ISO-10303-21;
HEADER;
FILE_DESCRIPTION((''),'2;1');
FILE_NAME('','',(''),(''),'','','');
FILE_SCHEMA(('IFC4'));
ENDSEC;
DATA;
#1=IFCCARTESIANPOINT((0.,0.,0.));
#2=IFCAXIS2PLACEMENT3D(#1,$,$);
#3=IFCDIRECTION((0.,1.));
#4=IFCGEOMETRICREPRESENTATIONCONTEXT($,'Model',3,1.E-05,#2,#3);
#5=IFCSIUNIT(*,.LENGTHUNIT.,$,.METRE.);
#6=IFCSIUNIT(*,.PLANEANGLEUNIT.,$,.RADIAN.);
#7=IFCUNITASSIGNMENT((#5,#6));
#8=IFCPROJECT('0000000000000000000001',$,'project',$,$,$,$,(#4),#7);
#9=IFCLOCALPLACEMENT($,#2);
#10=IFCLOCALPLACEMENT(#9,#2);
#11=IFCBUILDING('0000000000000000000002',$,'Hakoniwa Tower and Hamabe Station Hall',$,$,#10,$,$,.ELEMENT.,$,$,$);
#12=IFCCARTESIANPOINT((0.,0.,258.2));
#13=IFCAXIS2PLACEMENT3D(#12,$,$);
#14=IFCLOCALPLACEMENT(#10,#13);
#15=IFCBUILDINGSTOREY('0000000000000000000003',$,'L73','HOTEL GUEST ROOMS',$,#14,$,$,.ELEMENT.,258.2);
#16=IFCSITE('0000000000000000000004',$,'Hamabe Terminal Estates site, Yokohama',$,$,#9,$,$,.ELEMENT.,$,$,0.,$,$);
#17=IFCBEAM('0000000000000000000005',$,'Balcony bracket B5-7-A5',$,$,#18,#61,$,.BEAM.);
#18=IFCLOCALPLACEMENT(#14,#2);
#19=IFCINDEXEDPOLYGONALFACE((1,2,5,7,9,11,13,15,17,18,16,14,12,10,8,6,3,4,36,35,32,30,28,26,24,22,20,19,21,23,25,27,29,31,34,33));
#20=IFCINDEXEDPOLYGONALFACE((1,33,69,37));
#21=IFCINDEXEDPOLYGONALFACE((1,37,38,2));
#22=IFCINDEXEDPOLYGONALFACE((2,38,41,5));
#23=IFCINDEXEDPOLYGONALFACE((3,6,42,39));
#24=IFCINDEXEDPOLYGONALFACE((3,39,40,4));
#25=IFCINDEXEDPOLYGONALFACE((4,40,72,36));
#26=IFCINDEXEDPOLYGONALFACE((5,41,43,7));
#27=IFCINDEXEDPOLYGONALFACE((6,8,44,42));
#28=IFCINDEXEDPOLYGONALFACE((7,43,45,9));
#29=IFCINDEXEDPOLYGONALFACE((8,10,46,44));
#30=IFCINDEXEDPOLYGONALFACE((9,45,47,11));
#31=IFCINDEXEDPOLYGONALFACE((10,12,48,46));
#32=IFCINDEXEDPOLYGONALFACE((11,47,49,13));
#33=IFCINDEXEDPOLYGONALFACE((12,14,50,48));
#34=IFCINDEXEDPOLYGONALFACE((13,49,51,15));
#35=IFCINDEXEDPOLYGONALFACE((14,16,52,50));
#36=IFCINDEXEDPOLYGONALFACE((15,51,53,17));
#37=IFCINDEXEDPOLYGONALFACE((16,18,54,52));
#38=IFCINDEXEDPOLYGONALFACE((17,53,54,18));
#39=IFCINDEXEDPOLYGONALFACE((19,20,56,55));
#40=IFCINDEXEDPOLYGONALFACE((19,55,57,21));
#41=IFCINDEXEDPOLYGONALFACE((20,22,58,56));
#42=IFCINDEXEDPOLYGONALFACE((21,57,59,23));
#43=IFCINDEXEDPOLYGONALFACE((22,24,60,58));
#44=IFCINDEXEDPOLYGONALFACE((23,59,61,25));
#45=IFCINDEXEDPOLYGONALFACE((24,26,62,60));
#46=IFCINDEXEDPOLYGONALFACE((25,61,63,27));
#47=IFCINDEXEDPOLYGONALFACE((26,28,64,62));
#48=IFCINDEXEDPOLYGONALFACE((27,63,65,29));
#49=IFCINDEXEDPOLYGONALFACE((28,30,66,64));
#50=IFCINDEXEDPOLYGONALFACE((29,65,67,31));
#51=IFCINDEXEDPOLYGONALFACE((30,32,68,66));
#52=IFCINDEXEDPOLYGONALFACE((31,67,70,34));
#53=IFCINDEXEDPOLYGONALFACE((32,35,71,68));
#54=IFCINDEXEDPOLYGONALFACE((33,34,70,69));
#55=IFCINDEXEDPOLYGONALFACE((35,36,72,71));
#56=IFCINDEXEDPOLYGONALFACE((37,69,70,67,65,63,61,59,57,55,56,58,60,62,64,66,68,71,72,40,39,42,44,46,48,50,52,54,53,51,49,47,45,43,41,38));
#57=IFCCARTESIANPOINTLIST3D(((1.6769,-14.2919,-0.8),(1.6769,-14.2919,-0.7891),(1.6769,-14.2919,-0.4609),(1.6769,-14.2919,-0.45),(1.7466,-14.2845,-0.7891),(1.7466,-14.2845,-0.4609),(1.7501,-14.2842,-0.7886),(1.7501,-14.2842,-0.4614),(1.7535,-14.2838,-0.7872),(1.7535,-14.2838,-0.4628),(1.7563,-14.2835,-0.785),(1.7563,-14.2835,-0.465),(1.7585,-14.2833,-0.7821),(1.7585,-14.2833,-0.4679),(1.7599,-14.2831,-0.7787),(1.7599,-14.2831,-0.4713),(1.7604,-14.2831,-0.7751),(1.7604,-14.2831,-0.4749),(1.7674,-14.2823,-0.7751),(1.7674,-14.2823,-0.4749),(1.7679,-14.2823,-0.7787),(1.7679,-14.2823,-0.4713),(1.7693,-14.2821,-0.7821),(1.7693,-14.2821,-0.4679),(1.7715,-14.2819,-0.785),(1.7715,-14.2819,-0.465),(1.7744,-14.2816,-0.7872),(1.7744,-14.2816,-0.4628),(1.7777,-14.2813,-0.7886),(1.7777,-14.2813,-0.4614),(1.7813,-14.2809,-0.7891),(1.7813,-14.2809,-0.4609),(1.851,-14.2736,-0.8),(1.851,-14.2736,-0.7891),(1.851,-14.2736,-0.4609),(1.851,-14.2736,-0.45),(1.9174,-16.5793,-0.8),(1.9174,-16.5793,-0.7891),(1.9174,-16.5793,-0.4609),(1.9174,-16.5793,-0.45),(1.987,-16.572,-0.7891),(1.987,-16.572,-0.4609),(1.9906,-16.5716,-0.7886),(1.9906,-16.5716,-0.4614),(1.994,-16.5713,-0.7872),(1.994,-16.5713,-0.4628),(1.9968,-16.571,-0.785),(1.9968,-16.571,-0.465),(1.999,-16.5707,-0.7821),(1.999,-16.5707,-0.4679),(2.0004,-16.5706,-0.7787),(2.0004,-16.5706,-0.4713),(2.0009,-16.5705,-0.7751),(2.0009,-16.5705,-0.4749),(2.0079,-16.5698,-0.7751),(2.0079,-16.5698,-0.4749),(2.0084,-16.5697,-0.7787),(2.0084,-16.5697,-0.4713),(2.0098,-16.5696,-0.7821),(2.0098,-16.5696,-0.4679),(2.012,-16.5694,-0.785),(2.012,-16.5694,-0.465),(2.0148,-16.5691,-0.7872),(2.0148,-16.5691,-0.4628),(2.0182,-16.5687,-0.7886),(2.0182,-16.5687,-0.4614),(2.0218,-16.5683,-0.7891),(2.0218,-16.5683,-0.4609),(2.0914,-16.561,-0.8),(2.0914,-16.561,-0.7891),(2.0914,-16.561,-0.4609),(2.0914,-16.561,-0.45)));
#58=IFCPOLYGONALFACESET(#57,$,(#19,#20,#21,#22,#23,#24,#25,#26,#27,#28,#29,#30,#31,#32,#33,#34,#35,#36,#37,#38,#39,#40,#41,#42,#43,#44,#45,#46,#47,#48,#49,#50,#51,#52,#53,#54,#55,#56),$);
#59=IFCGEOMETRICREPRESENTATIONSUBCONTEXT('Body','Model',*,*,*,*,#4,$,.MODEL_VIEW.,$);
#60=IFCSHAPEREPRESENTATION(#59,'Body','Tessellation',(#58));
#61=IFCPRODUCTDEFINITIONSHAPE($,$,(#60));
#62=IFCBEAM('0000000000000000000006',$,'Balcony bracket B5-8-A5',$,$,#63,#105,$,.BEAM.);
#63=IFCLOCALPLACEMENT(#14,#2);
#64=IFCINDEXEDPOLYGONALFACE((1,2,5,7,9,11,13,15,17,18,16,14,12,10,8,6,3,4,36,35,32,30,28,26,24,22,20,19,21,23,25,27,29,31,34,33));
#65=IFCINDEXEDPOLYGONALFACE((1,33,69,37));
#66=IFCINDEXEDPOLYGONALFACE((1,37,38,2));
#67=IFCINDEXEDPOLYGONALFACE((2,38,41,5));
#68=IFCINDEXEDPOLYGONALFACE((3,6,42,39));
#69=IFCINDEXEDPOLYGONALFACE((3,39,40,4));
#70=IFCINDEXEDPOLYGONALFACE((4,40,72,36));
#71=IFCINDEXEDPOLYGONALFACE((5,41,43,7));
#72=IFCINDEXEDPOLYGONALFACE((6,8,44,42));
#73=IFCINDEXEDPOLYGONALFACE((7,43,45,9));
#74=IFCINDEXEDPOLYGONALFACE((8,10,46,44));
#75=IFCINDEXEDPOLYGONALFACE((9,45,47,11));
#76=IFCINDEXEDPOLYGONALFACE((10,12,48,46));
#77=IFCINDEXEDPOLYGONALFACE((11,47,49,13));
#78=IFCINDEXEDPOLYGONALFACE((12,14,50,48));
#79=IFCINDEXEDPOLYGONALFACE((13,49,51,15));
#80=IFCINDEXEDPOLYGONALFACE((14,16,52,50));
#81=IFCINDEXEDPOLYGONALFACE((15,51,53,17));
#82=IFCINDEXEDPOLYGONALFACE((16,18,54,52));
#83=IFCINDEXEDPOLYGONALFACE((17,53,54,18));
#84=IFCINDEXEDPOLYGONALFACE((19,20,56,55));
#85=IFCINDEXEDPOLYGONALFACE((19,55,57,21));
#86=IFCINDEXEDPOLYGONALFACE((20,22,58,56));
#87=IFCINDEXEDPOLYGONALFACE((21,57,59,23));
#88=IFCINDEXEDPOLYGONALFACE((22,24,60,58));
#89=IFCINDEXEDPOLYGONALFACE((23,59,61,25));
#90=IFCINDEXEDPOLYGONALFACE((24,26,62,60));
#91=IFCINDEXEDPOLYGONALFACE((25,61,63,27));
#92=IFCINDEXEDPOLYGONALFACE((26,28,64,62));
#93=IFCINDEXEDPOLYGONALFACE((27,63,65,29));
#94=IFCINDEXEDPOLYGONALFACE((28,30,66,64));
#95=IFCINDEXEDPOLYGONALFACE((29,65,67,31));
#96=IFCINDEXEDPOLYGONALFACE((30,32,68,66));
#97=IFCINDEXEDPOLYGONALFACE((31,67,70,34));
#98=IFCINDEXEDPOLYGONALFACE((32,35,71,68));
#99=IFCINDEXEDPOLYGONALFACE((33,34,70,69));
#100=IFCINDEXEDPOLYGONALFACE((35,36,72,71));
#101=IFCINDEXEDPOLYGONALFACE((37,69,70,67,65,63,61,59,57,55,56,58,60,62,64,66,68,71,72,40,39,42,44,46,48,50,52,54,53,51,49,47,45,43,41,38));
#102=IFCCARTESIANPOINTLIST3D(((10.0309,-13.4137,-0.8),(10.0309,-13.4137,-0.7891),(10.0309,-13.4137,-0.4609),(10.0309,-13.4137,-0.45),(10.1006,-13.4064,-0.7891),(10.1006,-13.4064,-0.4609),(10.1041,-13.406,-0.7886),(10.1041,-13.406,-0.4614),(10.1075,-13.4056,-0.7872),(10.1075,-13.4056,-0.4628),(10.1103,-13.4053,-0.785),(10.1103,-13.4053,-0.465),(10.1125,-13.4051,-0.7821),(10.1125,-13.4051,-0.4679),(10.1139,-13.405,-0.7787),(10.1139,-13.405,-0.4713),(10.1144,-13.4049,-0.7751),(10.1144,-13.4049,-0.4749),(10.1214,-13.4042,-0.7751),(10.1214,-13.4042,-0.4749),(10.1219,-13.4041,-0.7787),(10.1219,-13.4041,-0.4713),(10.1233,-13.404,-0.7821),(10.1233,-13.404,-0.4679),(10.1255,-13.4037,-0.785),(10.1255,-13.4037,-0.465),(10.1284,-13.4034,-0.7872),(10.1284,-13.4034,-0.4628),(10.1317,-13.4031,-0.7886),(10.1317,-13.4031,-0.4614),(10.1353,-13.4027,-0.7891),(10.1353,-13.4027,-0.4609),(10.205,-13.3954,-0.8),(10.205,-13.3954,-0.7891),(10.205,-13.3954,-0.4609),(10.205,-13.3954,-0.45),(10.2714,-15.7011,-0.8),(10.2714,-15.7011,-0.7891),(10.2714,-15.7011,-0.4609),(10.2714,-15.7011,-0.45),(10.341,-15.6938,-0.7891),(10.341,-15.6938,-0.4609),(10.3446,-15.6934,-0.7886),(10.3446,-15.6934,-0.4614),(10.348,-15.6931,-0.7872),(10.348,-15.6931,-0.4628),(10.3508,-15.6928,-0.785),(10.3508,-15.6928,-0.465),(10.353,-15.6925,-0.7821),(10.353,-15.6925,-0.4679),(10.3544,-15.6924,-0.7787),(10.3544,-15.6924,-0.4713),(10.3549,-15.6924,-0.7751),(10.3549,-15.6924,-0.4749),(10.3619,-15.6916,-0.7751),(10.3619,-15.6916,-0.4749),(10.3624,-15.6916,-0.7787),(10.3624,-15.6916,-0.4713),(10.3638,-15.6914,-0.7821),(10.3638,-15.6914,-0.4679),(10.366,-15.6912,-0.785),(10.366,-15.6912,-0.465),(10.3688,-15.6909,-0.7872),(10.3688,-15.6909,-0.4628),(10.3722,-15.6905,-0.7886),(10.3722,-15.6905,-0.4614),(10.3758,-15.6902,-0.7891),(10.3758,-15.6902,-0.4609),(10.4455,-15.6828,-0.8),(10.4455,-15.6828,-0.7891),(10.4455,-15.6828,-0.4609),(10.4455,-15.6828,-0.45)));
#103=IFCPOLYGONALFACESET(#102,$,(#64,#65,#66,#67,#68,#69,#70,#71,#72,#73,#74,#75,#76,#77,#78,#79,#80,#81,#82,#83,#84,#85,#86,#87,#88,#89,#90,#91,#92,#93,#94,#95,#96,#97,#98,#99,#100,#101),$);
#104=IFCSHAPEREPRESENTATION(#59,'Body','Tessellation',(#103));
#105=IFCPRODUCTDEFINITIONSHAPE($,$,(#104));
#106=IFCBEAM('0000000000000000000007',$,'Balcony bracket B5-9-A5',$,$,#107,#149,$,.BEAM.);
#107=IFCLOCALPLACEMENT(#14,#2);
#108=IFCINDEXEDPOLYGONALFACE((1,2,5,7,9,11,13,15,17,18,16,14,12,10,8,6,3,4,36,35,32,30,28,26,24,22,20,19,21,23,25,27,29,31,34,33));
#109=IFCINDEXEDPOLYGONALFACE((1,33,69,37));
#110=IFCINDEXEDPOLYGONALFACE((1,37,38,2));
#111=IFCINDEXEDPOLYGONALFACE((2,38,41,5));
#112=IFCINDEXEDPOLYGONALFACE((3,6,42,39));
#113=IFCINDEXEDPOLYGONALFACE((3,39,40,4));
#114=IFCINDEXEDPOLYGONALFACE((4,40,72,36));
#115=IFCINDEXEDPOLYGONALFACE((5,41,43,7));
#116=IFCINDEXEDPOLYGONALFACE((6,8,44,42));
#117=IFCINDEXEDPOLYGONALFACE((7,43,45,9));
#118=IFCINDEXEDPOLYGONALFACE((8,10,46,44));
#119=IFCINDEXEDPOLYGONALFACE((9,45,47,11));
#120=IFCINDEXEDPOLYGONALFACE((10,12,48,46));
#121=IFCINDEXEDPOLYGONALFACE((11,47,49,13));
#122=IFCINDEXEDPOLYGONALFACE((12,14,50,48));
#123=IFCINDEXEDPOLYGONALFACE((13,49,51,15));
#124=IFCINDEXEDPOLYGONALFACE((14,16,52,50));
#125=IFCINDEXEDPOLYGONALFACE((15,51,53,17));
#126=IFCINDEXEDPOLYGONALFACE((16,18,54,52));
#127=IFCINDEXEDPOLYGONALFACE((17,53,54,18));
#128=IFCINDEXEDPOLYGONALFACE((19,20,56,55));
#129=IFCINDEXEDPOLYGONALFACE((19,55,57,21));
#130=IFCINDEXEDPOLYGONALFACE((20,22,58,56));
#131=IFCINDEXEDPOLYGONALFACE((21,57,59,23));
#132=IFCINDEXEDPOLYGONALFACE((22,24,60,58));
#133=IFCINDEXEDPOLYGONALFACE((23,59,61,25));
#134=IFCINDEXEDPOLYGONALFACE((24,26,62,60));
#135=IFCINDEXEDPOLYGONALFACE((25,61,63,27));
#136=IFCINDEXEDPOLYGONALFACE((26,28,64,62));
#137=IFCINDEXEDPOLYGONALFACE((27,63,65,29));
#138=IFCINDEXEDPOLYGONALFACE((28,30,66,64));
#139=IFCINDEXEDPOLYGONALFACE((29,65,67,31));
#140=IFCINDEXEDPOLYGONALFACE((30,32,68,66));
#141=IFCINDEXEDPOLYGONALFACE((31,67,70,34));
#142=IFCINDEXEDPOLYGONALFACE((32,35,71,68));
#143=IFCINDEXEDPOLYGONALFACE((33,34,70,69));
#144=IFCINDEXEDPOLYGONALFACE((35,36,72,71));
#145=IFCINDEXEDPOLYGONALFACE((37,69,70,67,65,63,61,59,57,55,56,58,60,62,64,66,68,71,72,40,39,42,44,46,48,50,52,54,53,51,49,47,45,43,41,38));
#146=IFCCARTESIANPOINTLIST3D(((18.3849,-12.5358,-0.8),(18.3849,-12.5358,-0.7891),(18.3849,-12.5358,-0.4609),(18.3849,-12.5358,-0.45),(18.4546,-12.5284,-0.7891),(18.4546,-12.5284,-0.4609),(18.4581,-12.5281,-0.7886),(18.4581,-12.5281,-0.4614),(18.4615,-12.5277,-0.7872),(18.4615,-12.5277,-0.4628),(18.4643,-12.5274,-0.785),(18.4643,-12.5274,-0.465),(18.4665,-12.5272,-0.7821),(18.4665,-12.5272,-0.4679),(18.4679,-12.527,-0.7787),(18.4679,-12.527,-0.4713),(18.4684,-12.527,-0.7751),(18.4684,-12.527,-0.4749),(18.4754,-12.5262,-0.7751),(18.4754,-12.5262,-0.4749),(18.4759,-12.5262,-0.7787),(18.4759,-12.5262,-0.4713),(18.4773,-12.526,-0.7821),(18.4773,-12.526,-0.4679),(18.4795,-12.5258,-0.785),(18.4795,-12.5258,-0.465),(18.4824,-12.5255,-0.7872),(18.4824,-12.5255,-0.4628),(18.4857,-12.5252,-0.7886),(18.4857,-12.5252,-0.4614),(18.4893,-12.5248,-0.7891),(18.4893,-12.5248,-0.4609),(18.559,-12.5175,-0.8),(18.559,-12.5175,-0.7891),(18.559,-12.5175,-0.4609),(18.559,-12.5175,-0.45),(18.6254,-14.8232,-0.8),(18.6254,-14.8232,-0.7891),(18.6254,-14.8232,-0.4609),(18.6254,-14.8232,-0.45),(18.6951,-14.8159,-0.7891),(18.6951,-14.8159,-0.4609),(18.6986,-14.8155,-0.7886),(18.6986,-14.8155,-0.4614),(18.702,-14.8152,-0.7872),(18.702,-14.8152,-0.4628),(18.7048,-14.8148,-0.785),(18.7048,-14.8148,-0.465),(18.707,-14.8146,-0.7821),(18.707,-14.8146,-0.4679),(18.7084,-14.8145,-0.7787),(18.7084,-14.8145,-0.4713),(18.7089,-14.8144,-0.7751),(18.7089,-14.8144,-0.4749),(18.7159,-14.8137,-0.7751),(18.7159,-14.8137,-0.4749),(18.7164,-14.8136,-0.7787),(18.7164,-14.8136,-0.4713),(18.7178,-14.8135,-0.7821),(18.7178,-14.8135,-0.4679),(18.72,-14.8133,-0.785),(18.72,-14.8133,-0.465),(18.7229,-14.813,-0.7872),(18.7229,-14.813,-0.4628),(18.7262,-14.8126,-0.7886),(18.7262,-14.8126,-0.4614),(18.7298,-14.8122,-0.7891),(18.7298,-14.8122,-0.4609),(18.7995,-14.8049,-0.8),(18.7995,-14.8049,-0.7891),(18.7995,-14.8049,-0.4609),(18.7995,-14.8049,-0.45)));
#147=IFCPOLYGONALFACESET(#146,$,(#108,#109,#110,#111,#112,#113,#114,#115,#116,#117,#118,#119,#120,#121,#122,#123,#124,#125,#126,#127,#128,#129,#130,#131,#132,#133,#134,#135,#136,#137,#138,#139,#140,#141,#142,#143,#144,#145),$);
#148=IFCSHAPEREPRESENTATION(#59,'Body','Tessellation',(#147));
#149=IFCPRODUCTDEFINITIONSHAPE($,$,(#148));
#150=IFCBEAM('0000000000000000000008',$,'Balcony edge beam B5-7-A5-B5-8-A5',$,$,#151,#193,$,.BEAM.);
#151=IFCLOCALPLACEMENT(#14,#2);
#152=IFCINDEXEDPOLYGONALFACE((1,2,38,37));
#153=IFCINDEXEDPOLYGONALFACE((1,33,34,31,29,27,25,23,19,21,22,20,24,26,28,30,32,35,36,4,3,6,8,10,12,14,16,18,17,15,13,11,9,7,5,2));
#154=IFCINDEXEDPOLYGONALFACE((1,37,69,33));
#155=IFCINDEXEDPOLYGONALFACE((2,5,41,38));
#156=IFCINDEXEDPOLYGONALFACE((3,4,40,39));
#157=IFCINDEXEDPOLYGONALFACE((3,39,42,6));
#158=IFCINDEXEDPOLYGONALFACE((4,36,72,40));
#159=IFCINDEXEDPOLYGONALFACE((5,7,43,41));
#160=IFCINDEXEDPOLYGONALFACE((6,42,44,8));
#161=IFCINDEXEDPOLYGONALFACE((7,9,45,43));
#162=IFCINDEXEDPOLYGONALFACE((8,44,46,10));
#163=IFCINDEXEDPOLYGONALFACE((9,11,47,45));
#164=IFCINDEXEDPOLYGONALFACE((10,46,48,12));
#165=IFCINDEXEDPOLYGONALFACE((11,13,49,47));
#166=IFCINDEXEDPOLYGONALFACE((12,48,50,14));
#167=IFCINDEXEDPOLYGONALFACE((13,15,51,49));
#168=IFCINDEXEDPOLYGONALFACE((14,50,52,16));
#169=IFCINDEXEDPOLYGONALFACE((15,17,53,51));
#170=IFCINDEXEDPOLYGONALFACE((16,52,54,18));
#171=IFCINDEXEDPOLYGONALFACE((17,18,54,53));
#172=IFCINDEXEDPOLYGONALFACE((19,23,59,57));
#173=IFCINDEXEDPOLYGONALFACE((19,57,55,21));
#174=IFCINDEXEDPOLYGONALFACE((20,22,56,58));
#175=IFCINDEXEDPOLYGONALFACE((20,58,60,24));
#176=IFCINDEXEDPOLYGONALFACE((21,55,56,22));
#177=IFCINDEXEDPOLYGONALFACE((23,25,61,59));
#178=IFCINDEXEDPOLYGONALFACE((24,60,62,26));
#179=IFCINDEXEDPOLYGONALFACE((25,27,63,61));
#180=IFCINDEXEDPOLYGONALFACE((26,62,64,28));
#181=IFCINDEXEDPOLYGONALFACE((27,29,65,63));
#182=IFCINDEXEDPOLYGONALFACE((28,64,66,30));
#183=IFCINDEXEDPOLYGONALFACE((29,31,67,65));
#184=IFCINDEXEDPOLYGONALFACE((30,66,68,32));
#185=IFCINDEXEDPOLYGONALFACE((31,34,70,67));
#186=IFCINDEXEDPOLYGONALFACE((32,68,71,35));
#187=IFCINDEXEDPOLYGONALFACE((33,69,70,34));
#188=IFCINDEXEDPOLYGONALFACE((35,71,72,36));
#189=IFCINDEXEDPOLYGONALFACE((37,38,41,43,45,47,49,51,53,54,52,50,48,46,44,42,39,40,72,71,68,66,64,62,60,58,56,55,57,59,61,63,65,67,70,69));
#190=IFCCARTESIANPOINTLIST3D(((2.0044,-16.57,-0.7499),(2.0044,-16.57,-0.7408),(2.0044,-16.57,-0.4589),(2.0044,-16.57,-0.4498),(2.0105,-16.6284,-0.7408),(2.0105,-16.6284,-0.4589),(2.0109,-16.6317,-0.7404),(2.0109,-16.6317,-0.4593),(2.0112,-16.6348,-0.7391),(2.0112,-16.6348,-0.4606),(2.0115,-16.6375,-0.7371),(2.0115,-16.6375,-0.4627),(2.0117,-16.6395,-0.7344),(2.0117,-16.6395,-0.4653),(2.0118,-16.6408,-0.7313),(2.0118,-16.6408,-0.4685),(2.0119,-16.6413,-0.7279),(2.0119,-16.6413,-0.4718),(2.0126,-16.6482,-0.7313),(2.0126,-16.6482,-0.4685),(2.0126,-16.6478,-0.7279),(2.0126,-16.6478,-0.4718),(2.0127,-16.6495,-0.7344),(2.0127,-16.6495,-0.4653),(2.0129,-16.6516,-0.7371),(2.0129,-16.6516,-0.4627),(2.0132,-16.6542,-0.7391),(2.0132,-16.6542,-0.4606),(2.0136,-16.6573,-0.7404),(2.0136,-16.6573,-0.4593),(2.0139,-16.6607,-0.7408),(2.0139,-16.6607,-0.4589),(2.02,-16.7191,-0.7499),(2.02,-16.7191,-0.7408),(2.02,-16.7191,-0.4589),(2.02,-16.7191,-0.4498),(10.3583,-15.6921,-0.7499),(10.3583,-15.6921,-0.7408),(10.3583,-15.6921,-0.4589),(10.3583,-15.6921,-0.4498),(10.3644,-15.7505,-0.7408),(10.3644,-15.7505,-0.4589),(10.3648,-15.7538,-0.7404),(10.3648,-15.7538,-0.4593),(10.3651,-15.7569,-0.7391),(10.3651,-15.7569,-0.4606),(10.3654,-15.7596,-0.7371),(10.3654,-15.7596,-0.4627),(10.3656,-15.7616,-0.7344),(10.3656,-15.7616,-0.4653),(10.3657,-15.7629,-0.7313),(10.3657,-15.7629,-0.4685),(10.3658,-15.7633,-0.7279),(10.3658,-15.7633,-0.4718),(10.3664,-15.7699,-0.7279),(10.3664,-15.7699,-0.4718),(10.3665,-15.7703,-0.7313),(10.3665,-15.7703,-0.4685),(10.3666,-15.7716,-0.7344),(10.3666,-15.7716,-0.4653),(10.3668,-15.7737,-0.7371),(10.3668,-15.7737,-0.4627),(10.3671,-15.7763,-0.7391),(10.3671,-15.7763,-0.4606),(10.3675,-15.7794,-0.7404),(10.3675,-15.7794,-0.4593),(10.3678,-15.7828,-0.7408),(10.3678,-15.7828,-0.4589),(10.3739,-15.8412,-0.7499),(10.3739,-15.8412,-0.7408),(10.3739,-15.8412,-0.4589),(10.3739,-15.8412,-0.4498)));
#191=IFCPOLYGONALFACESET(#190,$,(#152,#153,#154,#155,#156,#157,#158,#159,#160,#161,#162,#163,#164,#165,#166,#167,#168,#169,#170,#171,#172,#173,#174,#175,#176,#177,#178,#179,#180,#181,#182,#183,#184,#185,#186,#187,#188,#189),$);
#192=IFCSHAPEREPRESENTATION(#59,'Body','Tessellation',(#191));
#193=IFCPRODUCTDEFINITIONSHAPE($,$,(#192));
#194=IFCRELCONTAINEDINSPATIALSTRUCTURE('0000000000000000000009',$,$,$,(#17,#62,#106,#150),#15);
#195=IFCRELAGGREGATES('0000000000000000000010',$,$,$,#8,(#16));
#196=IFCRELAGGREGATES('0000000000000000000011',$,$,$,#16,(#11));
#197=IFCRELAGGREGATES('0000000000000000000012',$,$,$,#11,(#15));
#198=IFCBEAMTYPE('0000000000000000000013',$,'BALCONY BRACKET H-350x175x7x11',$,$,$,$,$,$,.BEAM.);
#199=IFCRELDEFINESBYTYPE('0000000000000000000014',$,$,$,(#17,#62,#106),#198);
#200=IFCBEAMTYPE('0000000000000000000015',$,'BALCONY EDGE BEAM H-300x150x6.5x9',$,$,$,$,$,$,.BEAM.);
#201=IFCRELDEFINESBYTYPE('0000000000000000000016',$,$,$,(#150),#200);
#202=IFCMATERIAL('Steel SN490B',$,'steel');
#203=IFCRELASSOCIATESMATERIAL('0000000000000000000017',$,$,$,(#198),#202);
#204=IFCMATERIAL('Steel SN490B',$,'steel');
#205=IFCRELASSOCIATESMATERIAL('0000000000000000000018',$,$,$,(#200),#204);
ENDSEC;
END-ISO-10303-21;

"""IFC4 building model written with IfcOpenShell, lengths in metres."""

from ifc_helpers import new_model, si_unit, direction, frame, origin, origin_2d, place, context, subcontext, project, spatial, i_section, extrude, material, material_profile, profile_set, type_object, element, save


model = new_model("IFC4")

# Units and contexts
model_context = context("Model", 3, precision=1e-05, world=origin(), true_north=direction((0.0, 1.0)))
body_context = subcontext(model_context, "Body", "Model", "MODEL_VIEW")
ifc_project = project(units=[si_unit("LENGTHUNIT", "METRE"), si_unit("PLANEANGLEUNIT", "RADIAN")], contexts=[model_context])

# Site, building, storey
site_placement = place(None, origin())
site = spatial("IfcSite", under=ifc_project, at=site_placement, Name="Hamabe Terminal Estates site, Yokohama", CompositionType="ELEMENT", RefElevation=0.0)
building_placement = place(site_placement, origin())
building = spatial("IfcBuilding", under=site, at=building_placement, Name="Hakoniwa Tower and Hamabe Station Hall", CompositionType="ELEMENT")
storey_placement = place(building_placement, frame((0.0, 0.0, 258.2)))
storey = spatial("IfcBuildingStorey", under=building, at=storey_placement, Name="L73", Description="HOTEL GUEST ROOMS", CompositionType="ELEMENT", Elevation=258.2)

# Beams
ifc_material_1 = material(Name="Steel SN490B", Category="steel")
ifc_material_profile_1 = material_profile(ifc_material_1, i_section(OverallWidth=0.175, OverallDepth=0.3501, WebThickness=0.0071, FlangeThickness=0.011, FilletRadius=0.0139, at=origin_2d()), Name="H-350x175x7x11")
ifc_profile_set_1 = profile_set([ifc_material_profile_1], Name="Steel SN490B")
beam_type_1 = type_object("IfcBeamType", Name="BALCONY BRACKET H-350x175x7x11", PredefinedType="BEAM", material=ifc_profile_set_1)
for number, where, z_axis, x_axis, name in (
    (1, (1.7639, -14.2827, -0.625), (0.104558, -0.994519, 0.0), (0.994519, 0.104558, 0.0), "Balcony bracket B5-7-A5"),
    (2, (10.1179, -13.4045, -0.625), (0.104558, -0.994519, 0.0), (0.994519, 0.104558, 0.0), "Balcony bracket B5-8-A5"),
    (3, (18.4719, -12.5266, -0.625), (0.104558, -0.994519, 0.0), (0.994519, 0.104558, 0.0), "Balcony bracket B5-9-A5"),
):
    element("IfcBeam", number, at=place(storey_placement, frame(where, z_axis=z_axis, x_axis=x_axis)), inside=storey, type_object=beam_type_1, Name=name, PredefinedType="BEAM", context=body_context, shape_type="SweptSolid", body=[
        extrude(i_section(OverallWidth=0.175, OverallDepth=0.3501, WebThickness=0.0071, FlangeThickness=0.011, FilletRadius=0.0139, at=origin_2d()), origin(), (0.0, 0.0, 1.0), 2.3),
    ])
ifc_material_2 = material(Name="Steel SN490B", Category="steel")
ifc_material_profile_2 = material_profile(ifc_material_2, i_section(OverallWidth=0.1499, OverallDepth=0.3, WebThickness=0.0066, FlangeThickness=0.009, FilletRadius=0.0129, at=origin_2d()), Name="H-300x150x6.5x9")
ifc_profile_set_2 = profile_set([ifc_material_profile_2], Name="Steel SN490B")
beam_type_2 = type_object("IfcBeamType", Name="BALCONY EDGE BEAM H-300x150x6.5x9", PredefinedType="BEAM", material=ifc_profile_set_2)
beam_1_placement = place(storey_placement, frame((2.0122, -16.6445, -0.5999), z_axis=(0.994523, 0.104515, 0.0), x_axis=(-0.104515, 0.994523, 0.0)))
element("IfcBeam", 4, at=beam_1_placement, inside=storey, type_object=beam_type_2, Name="Balcony edge beam B5-7-A5-B5-8-A5", PredefinedType="BEAM", context=body_context, shape_type="SweptSolid", body=[
    extrude(i_section(OverallWidth=0.1499, OverallDepth=0.3, WebThickness=0.0066, FlangeThickness=0.009, FilletRadius=0.0129, at=origin_2d()), origin(), (0.0, 0.0, 1.0), 8.3999),
])

save(model, "model.ifc")
